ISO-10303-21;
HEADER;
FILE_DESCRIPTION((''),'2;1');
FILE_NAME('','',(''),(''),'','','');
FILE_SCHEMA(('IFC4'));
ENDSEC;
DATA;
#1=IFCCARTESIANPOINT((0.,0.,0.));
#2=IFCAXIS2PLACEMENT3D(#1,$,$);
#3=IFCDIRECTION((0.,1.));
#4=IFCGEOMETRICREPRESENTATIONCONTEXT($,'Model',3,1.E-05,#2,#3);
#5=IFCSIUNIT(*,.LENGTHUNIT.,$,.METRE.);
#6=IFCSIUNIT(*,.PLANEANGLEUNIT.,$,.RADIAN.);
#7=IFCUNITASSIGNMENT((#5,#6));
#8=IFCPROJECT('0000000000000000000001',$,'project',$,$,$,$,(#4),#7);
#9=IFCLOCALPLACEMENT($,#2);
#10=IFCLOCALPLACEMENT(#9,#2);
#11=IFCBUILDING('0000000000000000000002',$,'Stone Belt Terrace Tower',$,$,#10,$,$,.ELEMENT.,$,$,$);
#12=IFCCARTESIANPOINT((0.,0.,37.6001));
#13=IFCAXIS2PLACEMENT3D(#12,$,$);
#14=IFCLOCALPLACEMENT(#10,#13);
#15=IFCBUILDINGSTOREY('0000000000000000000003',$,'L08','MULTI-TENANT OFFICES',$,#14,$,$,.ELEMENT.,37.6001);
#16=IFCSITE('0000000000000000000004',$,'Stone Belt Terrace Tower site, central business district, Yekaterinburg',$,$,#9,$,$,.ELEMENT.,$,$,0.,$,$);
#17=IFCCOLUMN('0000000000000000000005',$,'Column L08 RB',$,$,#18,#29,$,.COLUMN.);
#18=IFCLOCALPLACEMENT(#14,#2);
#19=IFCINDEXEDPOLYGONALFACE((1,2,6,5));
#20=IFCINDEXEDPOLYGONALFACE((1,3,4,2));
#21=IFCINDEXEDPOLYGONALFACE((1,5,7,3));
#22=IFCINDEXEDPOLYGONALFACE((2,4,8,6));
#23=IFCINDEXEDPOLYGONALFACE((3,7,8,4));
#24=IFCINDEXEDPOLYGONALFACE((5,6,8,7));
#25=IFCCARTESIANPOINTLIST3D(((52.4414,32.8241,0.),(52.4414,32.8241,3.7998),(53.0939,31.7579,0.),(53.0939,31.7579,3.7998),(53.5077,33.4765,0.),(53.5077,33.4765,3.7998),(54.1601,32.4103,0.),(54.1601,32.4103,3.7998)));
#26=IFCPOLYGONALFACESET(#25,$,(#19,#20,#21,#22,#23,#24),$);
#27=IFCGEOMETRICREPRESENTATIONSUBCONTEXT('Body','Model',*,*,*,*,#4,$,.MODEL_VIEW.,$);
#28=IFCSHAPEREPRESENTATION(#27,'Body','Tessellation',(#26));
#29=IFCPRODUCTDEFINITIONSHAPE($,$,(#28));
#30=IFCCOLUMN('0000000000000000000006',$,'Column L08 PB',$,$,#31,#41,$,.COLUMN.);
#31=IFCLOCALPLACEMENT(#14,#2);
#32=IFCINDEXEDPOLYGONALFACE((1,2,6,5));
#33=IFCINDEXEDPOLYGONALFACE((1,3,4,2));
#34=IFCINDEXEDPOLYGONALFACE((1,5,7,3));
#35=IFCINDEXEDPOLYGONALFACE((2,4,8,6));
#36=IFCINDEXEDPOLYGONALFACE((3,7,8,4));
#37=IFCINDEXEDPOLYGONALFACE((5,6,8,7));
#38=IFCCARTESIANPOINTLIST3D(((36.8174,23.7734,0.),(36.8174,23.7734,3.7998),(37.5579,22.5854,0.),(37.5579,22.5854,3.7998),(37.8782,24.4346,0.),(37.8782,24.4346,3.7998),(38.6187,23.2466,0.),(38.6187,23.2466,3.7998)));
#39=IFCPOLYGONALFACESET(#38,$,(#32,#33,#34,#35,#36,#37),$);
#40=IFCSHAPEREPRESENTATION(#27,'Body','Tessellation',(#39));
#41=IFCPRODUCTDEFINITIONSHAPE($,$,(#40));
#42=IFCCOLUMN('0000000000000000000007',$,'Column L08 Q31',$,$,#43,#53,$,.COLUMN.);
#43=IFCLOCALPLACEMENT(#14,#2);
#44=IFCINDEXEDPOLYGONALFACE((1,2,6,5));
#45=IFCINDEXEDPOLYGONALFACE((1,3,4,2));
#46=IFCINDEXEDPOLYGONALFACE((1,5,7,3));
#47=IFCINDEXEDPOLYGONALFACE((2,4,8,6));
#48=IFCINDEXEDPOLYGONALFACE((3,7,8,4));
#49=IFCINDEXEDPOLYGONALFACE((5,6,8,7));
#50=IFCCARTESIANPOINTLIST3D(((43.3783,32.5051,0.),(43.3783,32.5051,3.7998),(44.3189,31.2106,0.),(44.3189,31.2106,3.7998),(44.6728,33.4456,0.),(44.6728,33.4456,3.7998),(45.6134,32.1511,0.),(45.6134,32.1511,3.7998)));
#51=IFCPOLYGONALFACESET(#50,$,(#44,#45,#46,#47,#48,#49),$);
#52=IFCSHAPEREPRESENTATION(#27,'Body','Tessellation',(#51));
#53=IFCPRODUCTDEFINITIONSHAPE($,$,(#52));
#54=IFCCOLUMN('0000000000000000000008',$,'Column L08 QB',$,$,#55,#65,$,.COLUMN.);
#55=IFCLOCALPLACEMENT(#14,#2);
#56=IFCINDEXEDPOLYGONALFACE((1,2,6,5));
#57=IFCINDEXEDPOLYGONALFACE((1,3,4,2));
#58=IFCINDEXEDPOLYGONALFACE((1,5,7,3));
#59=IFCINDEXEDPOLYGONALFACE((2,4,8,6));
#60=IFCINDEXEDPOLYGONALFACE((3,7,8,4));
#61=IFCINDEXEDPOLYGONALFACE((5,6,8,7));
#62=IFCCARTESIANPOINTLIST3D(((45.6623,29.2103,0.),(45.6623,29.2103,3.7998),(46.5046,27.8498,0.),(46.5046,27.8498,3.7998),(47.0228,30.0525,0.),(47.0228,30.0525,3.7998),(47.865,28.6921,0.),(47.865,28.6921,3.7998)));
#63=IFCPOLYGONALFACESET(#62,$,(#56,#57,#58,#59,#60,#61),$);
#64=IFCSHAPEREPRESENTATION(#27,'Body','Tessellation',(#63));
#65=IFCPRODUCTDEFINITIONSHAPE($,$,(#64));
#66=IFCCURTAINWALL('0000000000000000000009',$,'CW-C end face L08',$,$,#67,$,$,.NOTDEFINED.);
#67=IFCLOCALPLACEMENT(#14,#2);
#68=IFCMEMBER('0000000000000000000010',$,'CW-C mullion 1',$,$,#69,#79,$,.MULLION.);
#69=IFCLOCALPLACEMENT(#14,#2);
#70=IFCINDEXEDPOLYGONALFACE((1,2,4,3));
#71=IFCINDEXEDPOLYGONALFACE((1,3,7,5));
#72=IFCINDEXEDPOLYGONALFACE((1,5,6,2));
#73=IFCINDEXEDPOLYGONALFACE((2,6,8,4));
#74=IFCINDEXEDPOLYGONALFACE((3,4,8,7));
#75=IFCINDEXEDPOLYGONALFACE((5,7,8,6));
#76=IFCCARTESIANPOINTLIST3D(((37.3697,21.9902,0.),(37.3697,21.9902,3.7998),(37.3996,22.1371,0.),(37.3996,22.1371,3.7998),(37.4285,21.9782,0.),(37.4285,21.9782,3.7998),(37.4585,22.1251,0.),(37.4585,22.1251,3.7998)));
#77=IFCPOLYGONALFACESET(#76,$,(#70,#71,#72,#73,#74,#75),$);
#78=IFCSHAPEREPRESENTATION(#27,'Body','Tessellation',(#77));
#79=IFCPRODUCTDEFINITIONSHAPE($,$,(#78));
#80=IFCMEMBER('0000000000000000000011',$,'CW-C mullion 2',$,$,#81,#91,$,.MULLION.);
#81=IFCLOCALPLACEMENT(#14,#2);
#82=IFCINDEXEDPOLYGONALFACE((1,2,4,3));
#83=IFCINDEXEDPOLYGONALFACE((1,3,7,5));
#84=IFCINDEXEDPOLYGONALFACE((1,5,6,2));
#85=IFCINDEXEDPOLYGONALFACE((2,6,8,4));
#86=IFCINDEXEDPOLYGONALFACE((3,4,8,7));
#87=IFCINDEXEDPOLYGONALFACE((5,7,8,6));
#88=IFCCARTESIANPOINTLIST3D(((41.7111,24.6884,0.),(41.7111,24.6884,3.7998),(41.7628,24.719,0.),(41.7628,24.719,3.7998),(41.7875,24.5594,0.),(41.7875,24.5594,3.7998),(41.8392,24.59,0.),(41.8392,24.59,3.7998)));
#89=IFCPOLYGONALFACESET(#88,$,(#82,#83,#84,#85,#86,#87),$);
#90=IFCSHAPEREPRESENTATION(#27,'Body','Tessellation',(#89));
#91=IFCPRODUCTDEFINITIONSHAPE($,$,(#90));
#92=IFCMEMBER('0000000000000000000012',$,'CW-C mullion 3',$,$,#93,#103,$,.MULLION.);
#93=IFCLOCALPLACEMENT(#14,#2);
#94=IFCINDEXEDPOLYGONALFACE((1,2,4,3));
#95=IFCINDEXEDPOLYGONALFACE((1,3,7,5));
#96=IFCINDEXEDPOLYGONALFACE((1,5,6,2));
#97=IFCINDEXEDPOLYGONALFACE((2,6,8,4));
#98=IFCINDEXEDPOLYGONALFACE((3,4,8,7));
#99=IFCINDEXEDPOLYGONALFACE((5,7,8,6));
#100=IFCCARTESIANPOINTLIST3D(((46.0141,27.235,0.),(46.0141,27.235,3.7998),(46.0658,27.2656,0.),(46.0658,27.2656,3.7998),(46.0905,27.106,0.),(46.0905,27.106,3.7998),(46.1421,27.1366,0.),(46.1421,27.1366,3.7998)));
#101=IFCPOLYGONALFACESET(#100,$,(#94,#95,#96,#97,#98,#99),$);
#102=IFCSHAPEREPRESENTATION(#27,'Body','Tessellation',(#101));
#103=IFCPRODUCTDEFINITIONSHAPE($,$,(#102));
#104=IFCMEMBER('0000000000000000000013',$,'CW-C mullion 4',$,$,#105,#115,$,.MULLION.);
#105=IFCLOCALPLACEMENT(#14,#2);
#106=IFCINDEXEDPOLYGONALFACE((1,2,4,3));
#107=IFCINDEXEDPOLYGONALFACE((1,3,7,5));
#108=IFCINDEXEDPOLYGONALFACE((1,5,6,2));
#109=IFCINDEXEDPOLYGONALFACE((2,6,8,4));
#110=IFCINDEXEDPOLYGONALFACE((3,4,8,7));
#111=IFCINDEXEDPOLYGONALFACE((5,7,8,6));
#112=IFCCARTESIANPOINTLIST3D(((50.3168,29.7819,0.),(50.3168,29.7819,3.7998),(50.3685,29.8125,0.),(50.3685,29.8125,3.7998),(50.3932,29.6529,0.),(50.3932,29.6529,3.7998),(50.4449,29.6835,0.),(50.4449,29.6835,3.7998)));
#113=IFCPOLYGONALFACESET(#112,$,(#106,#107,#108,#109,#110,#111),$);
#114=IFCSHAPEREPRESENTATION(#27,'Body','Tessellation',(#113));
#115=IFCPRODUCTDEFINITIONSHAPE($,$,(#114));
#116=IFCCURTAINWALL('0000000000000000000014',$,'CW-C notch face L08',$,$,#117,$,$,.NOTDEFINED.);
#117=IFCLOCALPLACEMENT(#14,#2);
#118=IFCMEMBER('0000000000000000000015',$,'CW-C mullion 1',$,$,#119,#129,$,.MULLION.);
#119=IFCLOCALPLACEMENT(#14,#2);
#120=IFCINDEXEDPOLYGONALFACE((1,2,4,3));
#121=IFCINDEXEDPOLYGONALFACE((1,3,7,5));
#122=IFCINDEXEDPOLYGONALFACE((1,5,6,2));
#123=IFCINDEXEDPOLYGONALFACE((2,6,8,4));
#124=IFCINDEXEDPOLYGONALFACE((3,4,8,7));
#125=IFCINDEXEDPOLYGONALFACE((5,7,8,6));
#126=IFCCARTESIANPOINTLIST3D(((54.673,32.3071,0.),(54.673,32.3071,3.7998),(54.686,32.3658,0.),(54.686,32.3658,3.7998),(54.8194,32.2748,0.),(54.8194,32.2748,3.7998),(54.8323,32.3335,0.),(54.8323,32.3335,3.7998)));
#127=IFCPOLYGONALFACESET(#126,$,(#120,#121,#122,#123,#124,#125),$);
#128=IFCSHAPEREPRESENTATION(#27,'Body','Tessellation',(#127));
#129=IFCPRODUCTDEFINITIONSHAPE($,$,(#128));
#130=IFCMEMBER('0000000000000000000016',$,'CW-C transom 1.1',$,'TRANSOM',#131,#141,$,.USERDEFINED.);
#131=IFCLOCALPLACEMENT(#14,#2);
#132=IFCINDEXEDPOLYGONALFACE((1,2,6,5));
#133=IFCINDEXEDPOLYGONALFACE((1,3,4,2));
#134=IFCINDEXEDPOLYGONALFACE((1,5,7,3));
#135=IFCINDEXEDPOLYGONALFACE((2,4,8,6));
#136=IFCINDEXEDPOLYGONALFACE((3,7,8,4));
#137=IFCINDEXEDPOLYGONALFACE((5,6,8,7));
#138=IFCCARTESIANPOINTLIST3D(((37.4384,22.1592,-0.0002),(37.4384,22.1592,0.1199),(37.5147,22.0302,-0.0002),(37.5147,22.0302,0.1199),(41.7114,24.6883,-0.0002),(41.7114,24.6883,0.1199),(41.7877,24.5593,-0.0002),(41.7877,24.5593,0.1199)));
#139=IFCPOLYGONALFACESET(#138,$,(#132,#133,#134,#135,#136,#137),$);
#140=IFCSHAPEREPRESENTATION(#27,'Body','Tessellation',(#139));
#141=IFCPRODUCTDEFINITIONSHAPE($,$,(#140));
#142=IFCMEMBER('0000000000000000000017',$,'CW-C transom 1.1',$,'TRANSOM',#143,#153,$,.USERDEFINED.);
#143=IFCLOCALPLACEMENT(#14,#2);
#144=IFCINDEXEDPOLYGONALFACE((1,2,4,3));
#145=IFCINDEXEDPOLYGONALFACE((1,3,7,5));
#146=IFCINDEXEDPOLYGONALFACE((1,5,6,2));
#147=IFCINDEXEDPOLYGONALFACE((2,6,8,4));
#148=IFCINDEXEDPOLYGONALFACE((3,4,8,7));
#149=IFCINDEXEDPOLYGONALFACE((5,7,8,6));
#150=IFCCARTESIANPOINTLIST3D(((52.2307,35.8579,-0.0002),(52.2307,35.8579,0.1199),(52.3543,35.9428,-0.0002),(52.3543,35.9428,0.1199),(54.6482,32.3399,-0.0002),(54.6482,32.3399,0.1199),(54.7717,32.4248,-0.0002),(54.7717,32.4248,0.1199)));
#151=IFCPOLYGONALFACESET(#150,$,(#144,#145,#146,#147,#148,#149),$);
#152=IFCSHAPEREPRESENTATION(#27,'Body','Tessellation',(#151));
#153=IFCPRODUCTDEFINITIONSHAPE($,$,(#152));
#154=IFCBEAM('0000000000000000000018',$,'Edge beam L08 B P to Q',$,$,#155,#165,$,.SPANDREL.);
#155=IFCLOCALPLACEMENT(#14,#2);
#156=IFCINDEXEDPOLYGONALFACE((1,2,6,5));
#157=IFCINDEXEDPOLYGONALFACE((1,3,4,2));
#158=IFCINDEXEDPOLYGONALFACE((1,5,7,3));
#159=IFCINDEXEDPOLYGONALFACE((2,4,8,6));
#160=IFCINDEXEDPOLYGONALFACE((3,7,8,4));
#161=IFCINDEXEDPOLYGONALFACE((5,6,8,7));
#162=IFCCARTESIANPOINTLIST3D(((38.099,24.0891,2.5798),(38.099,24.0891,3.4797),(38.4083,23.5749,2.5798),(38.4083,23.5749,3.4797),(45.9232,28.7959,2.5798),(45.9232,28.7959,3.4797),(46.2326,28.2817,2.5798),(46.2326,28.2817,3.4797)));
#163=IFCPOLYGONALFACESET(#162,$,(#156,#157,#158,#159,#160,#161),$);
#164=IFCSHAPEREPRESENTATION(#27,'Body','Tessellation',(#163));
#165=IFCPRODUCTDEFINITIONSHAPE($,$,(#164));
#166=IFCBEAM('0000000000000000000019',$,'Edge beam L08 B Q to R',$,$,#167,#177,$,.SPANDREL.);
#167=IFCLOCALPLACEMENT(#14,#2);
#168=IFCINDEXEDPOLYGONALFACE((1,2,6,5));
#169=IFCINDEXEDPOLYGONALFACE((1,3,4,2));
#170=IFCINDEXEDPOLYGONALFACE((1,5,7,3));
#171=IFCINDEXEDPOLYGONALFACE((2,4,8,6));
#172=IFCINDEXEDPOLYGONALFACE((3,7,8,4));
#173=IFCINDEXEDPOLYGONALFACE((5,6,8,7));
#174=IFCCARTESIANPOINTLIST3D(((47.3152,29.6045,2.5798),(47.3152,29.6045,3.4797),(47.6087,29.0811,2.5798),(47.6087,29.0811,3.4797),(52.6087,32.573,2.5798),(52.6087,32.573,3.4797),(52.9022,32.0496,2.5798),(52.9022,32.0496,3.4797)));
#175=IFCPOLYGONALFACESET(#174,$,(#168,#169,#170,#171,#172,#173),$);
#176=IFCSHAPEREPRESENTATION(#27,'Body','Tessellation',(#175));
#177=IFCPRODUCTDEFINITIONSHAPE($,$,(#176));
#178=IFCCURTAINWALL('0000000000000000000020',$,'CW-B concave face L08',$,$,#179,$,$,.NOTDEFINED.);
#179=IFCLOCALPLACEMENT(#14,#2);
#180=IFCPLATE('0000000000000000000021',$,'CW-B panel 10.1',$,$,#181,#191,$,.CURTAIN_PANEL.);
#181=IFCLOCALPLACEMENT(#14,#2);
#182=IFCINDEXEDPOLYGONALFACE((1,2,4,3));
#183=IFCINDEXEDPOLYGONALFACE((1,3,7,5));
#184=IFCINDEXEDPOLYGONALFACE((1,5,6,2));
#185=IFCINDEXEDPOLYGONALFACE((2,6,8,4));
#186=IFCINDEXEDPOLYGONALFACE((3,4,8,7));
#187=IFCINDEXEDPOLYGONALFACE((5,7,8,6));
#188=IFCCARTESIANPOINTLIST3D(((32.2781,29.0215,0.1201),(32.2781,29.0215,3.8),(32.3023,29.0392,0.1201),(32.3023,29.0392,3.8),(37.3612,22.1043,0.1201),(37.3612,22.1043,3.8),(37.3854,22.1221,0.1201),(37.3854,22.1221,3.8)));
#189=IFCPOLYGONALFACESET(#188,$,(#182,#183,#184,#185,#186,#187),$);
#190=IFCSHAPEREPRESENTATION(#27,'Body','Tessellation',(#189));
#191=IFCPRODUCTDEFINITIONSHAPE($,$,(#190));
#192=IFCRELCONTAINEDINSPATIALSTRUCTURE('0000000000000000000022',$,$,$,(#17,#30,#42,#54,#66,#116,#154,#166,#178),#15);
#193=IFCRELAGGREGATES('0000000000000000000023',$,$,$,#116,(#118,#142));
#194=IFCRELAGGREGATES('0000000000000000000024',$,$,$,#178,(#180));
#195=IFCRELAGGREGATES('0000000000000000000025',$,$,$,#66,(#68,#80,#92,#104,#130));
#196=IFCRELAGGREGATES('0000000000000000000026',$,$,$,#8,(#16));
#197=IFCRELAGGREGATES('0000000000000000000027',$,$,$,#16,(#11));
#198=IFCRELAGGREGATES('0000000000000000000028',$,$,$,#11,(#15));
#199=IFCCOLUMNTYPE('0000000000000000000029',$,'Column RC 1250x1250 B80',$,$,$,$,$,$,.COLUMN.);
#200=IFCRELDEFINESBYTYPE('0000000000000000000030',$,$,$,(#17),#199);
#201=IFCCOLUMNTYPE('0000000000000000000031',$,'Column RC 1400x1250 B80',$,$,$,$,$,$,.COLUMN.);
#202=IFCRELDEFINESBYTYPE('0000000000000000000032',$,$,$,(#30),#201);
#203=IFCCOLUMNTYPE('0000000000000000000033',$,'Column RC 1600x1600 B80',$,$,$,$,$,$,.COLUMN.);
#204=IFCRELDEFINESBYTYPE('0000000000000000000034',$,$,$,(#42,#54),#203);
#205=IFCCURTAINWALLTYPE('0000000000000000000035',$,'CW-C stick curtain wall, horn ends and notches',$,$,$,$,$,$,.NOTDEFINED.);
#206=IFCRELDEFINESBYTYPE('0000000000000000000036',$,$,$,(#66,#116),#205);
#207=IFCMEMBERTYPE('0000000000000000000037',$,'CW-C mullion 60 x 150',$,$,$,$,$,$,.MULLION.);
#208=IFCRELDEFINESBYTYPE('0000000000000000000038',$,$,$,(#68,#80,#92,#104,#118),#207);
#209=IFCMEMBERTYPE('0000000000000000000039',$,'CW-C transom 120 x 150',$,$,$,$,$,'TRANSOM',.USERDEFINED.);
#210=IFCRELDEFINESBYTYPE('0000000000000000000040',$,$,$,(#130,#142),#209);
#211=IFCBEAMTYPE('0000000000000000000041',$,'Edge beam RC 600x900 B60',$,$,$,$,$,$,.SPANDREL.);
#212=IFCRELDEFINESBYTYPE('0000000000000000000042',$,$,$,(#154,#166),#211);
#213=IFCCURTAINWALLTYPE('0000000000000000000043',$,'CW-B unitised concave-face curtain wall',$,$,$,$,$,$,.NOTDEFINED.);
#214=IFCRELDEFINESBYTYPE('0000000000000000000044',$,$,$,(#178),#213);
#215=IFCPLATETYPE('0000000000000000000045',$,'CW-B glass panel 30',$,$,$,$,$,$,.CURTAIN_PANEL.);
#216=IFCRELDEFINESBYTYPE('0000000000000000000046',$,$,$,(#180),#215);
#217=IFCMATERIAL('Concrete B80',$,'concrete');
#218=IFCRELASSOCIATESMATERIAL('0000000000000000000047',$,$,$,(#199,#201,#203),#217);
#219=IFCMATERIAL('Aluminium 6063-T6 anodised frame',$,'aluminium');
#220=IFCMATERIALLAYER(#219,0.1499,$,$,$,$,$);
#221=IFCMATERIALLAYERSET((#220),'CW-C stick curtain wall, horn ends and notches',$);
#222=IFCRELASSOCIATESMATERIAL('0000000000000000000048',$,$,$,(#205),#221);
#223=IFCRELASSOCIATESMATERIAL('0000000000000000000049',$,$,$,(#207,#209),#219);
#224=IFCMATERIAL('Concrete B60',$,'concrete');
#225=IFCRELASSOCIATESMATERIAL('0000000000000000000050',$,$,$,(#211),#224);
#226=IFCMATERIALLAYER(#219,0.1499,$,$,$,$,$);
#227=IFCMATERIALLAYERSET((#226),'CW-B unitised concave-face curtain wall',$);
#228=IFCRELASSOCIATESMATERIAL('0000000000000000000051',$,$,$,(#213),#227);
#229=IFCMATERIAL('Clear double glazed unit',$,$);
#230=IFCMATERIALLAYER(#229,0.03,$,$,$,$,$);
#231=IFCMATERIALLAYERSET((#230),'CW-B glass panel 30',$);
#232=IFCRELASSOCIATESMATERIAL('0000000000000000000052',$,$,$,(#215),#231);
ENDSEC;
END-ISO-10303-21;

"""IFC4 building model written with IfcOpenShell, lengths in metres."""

from ifc_helpers import new_model, si_unit, direction, frame, origin, origin_2d, place, context, subcontext, project, spatial, rectangle, extrude, material, layer, layer_set, material_profile, profile_set, type_object, element, aggregate, save


model = new_model("IFC4")

# Units and contexts
model_context = context("Model", 3, precision=1e-05, world=origin(), true_north=direction((0.0, 1.0)))
body_context = subcontext(model_context, "Body", "Model", "MODEL_VIEW")
ifc_project = project(units=[si_unit("LENGTHUNIT", "METRE"), si_unit("PLANEANGLEUNIT", "RADIAN")], contexts=[model_context])

# Site, building, storey
site_placement = place(None, origin())
site = spatial("IfcSite", under=ifc_project, at=site_placement, Name="Stone Belt Terrace Tower site, central business district, Yekaterinburg", CompositionType="ELEMENT", RefElevation=0.0)
building_placement = place(site_placement, origin())
building = spatial("IfcBuilding", under=site, at=building_placement, Name="Stone Belt Terrace Tower", CompositionType="ELEMENT")
storey_placement = place(building_placement, frame((0.0, 0.0, 37.6001)))
storey = spatial("IfcBuildingStorey", under=building, at=storey_placement, Name="L08", Description="MULTI-TENANT OFFICES", CompositionType="ELEMENT", Elevation=37.6001)

# Columns
ifc_material_1 = material(Name="Concrete B80", Category="concrete")
ifc_material_profile_1 = material_profile(ifc_material_1, rectangle(XDim=1.25, YDim=1.25, at=origin_2d()), Name="RC 1250x1250")
ifc_profile_set_1 = profile_set([ifc_material_profile_1], Name="Concrete B80")
column_type_1 = type_object("IfcColumnType", Name="Column RC 1250x1250 B80", PredefinedType="COLUMN", material=ifc_profile_set_1)
column_1_placement = place(storey_placement, frame((53.3008, 32.6172, 0.0), z_axis=(0.0, 0.0, 1.0), x_axis=(0.521967, -0.852966, 0.0)))
element("IfcColumn", 1, at=column_1_placement, inside=storey, type_object=column_type_1, Name="Column L08 RB", PredefinedType="COLUMN", context=body_context, shape_type="SweptSolid", body=[
    extrude(rectangle(XDim=1.25, YDim=1.25, at=origin_2d()), origin(), (0.0, 0.0, 1.0), 3.7998),
])
ifc_material_profile_2 = material_profile(ifc_material_1, rectangle(XDim=1.3999, YDim=1.25, at=origin_2d()), Name="RC 1400x1250")
ifc_profile_set_2 = profile_set([ifc_material_profile_2], Name="Concrete B80")
column_type_2 = type_object("IfcColumnType", Name="Column RC 1400x1250 B80", PredefinedType="COLUMN", material=ifc_profile_set_2)
column_2_placement = place(storey_placement, frame((37.718, 23.51, 0.0), z_axis=(0.0, 0.0, 1.0), x_axis=(0.528967, -0.848642, 0.0)))
element("IfcColumn", 2, at=column_2_placement, inside=storey, type_object=column_type_2, Name="Column L08 PB", PredefinedType="COLUMN", context=body_context, shape_type="SweptSolid", body=[
    extrude(rectangle(XDim=1.3999, YDim=1.25, at=origin_2d()), origin(), (0.0, 0.0, 1.0), 3.7998),
])
ifc_material_profile_3 = material_profile(ifc_material_1, rectangle(XDim=1.6001, YDim=1.6001, at=origin_2d()), Name="RC 1600x1600")
ifc_profile_set_3 = profile_set([ifc_material_profile_3], Name="Concrete B80")
column_type_3 = type_object("IfcColumnType", Name="Column RC 1600x1600 B80", PredefinedType="COLUMN", material=ifc_profile_set_3)
for number, where, z_axis, x_axis, name in (
    (3, (44.4958, 32.3281, 0.0), (0.0, 0.0, 1.0), (0.587785, -0.809017, 0.0), "Column L08 Q31"),
    (4, (46.7637, 28.9512, 0.0), (0.0, 0.0, 1.0), (0.526383, -0.850248, 0.0), "Column L08 QB"),
):
    element("IfcColumn", number, at=place(storey_placement, frame(where, z_axis=z_axis, x_axis=x_axis)), inside=storey, type_object=column_type_3, Name=name, PredefinedType="COLUMN", context=body_context, shape_type="SweptSolid", body=[
        extrude(rectangle(XDim=1.6001, YDim=1.6001, at=origin_2d()), origin(), (0.0, 0.0, 1.0), 3.7998),
    ])

# Curtain wall, members
ifc_material_2 = material(Name="Aluminium 6063-T6 anodised frame", Category="aluminium")
ifc_layer_1 = layer(ifc_material_2, 0.1499)
ifc_layer_set_1 = layer_set([ifc_layer_1], Name="CW-C stick curtain wall, horn ends and notches")
curtain_wall_type_1 = type_object("IfcCurtainWallType", Name="CW-C stick curtain wall, horn ends and notches", PredefinedType="NOTDEFINED", material=ifc_layer_set_1)
curtain_wall_1_placement = place(storey_placement, origin())
curtain_wall_1 = element("IfcCurtainWall", 5, at=curtain_wall_1_placement, inside=storey, type_object=curtain_wall_type_1, Name="CW-C end face L08", PredefinedType="NOTDEFINED")
ifc_material_profile_4 = material_profile(ifc_material_2, rectangle(XDim=0.1499, YDim=0.0601, at=origin_2d()), Name="Aluminium 6063-T6 60x150")
ifc_profile_set_4 = profile_set([ifc_material_profile_4], Name="Aluminium 6063-T6 anodised frame")
member_type_1 = type_object("IfcMemberType", Name="CW-C mullion 60 x 150", PredefinedType="MULLION", material=ifc_profile_set_4)
member_1_placement = place(storey_placement, frame((37.4141, 22.0576, 0.0), z_axis=(0.0, 0.0, 1.0), x_axis=(0.199957, 0.979805, 0.0)))
member_1 = element("IfcMember", 6, at=member_1_placement, type_object=member_type_1, Name="CW-C mullion 1", PredefinedType="MULLION", context=body_context, shape_type="SweptSolid", body=[
    extrude(rectangle(XDim=0.1499, YDim=0.0601, at=origin_2d()), origin(), (0.0, 0.0, 1.0), 3.7998),
])
member_2_placement = place(storey_placement, frame((41.7751, 24.6392, 0.0), z_axis=(0.0, 0.0, 1.0), x_axis=(-0.509353, 0.860558, 0.0)))
member_2 = element("IfcMember", 7, at=member_2_placement, type_object=member_type_1, Name="CW-C mullion 2", PredefinedType="MULLION", context=body_context, shape_type="SweptSolid", body=[
    extrude(rectangle(XDim=0.1499, YDim=0.0601, at=origin_2d()), origin(), (0.0, 0.0, 1.0), 3.7998),
])
member_3_placement = place(storey_placement, frame((46.0781, 27.1858, 0.0), z_axis=(0.0, 0.0, 1.0), x_axis=(-0.509353, 0.860558, 0.0)))
member_3 = element("IfcMember", 8, at=member_3_placement, type_object=member_type_1, Name="CW-C mullion 3", PredefinedType="MULLION", context=body_context, shape_type="SweptSolid", body=[
    extrude(rectangle(XDim=0.1499, YDim=0.0601, at=origin_2d()), origin(), (0.0, 0.0, 1.0), 3.7998),
])
member_4_placement = place(storey_placement, frame((50.3809, 29.7327, 0.0), z_axis=(0.0, 0.0, 1.0), x_axis=(-0.509353, 0.860558, 0.0)))
member_4 = element("IfcMember", 9, at=member_4_placement, type_object=member_type_1, Name="CW-C mullion 4", PredefinedType="MULLION", context=body_context, shape_type="SweptSolid", body=[
    extrude(rectangle(XDim=0.1499, YDim=0.0601, at=origin_2d()), origin(), (0.0, 0.0, 1.0), 3.7998),
])

# Curtain wall, member
curtain_wall_2_placement = place(storey_placement, origin())
curtain_wall_2 = element("IfcCurtainWall", 10, at=curtain_wall_2_placement, inside=storey, type_object=curtain_wall_type_1, Name="CW-C notch face L08", PredefinedType="NOTDEFINED")
member_5_placement = place(storey_placement, frame((54.7527, 32.3203, 0.0), z_axis=(0.0, 0.0, 1.0), x_axis=(-0.97652, 0.215429, 0.0)))
member_5 = element("IfcMember", 11, at=member_5_placement, type_object=member_type_1, Name="CW-C mullion 1", PredefinedType="MULLION", context=body_context, shape_type="SweptSolid", body=[
    extrude(rectangle(XDim=0.1499, YDim=0.0601, at=origin_2d()), origin(), (0.0, 0.0, 1.0), 3.7998),
])

# Members
ifc_material_profile_5 = material_profile(ifc_material_2, rectangle(XDim=0.1499, YDim=0.1201, at=origin_2d()), Name="Aluminium 6063-T6 150x120")
ifc_profile_set_5 = profile_set([ifc_material_profile_5], Name="Aluminium 6063-T6 anodised frame")
member_type_2 = type_object("IfcMemberType", Name="CW-C transom 120 x 150", ElementType="TRANSOM", PredefinedType="USERDEFINED", material=ifc_profile_set_5)
member_6_placement = place(storey_placement, frame((37.4766, 22.0947, 0.0598), z_axis=(0.860562, 0.509345, 0.0), x_axis=(-0.509345, 0.860562, 0.0)))
member_6 = element("IfcMember", 12, at=member_6_placement, type_object=member_type_2, Name="CW-C transom 1.1", ObjectType="TRANSOM", PredefinedType="USERDEFINED", context=body_context, shape_type="SweptSolid", body=[
    extrude(rectangle(XDim=0.1499, YDim=0.1201, at=origin_2d()), origin(), (0.0, 0.0, 1.0), 4.9653),
])
member_7_placement = place(storey_placement, frame((54.71, 32.3823, 0.0598), z_axis=(-0.566339, 0.824172, 0.0), x_axis=(-0.824172, -0.566339, 0.0)))
member_7 = element("IfcMember", 13, at=member_7_placement, type_object=member_type_2, Name="CW-C transom 1.1", ObjectType="TRANSOM", PredefinedType="USERDEFINED", context=body_context, shape_type="SweptSolid", body=[
    extrude(rectangle(XDim=0.1499, YDim=0.1201, at=origin_2d()), origin(), (0.0, 0.0, 1.0), 4.2686),
])
aggregate(curtain_wall_2, [member_5, member_7])

# Beams
ifc_material_3 = material(Name="Concrete B60", Category="concrete")
ifc_material_profile_6 = material_profile(ifc_material_3, rectangle(XDim=0.6001, YDim=0.8999, at=origin_2d()), Name="RC 600x900")
ifc_profile_set_6 = profile_set([ifc_material_profile_6], Name="Concrete B60")
beam_type = type_object("IfcBeamType", Name="Edge beam RC 600x900 B60", PredefinedType="SPANDREL", material=ifc_profile_set_6)
beam_1_placement = place(storey_placement, frame((38.2537, 23.832, 3.0298), z_axis=(0.8569, 0.515482, 0.0), x_axis=(-0.515482, 0.8569, 0.0)))
element("IfcBeam", 14, at=beam_1_placement, inside=storey, type_object=beam_type, Name="Edge beam L08 B P to Q", PredefinedType="SPANDREL", context=body_context, shape_type="SweptSolid", body=[
    extrude(rectangle(XDim=0.6001, YDim=0.8999, at=origin_2d()), origin(), (0.0, 0.0, 1.0), 9.1309),
])
beam_2_placement = place(storey_placement, frame((47.4619, 29.3428, 3.0298), z_axis=(0.872213, 0.489126, 0.0), x_axis=(-0.489126, 0.872213, 0.0)))
element("IfcBeam", 15, at=beam_2_placement, inside=storey, type_object=beam_type, Name="Edge beam L08 B Q to R", PredefinedType="SPANDREL", context=body_context, shape_type="SweptSolid", body=[
    extrude(rectangle(XDim=0.6001, YDim=0.8999, at=origin_2d()), origin(), (0.0, 0.0, 1.0), 6.0691),
])

# Curtain wall, plate
ifc_layer_2 = layer(ifc_material_2, 0.1499)
ifc_layer_set_2 = layer_set([ifc_layer_2], Name="CW-B unitised concave-face curtain wall")
curtain_wall_type_2 = type_object("IfcCurtainWallType", Name="CW-B unitised concave-face curtain wall", PredefinedType="NOTDEFINED", material=ifc_layer_set_2)
curtain_wall_3_placement = place(storey_placement, origin())
curtain_wall_3 = element("IfcCurtainWall", 16, at=curtain_wall_3_placement, inside=storey, type_object=curtain_wall_type_2, Name="CW-B concave face L08", PredefinedType="NOTDEFINED")
ifc_material_4 = material(Name="Clear double glazed unit")
ifc_layer_3 = layer(ifc_material_4, 0.03)
ifc_layer_set_3 = layer_set([ifc_layer_3], Name="CW-B glass panel 30")
plate_type_1 = type_object("IfcPlateType", Name="CW-B glass panel 30", PredefinedType="CURTAIN_PANEL", material=ifc_layer_set_3)
plate_1_placement = place(storey_placement, frame((34.8318, 25.5718, 0.1201), z_axis=(0.0, 0.0, 1.0), x_axis=(0.592159, -0.805821, 0.0)))
plate_1 = element("IfcPlate", 17, at=plate_1_placement, type_object=plate_type_1, Name="CW-B panel 10.1", PredefinedType="CURTAIN_PANEL", context=body_context, shape_type="SweptSolid", body=[
    extrude(rectangle(XDim=8.584, YDim=0.03, at=origin_2d()), origin(), (0.0, 0.0, 1.0), 3.6799),
])
aggregate(curtain_wall_3, [plate_1])

aggregate(curtain_wall_1, [member_1, member_2, member_3, member_4, member_6])

save(model, "model.ifc")
